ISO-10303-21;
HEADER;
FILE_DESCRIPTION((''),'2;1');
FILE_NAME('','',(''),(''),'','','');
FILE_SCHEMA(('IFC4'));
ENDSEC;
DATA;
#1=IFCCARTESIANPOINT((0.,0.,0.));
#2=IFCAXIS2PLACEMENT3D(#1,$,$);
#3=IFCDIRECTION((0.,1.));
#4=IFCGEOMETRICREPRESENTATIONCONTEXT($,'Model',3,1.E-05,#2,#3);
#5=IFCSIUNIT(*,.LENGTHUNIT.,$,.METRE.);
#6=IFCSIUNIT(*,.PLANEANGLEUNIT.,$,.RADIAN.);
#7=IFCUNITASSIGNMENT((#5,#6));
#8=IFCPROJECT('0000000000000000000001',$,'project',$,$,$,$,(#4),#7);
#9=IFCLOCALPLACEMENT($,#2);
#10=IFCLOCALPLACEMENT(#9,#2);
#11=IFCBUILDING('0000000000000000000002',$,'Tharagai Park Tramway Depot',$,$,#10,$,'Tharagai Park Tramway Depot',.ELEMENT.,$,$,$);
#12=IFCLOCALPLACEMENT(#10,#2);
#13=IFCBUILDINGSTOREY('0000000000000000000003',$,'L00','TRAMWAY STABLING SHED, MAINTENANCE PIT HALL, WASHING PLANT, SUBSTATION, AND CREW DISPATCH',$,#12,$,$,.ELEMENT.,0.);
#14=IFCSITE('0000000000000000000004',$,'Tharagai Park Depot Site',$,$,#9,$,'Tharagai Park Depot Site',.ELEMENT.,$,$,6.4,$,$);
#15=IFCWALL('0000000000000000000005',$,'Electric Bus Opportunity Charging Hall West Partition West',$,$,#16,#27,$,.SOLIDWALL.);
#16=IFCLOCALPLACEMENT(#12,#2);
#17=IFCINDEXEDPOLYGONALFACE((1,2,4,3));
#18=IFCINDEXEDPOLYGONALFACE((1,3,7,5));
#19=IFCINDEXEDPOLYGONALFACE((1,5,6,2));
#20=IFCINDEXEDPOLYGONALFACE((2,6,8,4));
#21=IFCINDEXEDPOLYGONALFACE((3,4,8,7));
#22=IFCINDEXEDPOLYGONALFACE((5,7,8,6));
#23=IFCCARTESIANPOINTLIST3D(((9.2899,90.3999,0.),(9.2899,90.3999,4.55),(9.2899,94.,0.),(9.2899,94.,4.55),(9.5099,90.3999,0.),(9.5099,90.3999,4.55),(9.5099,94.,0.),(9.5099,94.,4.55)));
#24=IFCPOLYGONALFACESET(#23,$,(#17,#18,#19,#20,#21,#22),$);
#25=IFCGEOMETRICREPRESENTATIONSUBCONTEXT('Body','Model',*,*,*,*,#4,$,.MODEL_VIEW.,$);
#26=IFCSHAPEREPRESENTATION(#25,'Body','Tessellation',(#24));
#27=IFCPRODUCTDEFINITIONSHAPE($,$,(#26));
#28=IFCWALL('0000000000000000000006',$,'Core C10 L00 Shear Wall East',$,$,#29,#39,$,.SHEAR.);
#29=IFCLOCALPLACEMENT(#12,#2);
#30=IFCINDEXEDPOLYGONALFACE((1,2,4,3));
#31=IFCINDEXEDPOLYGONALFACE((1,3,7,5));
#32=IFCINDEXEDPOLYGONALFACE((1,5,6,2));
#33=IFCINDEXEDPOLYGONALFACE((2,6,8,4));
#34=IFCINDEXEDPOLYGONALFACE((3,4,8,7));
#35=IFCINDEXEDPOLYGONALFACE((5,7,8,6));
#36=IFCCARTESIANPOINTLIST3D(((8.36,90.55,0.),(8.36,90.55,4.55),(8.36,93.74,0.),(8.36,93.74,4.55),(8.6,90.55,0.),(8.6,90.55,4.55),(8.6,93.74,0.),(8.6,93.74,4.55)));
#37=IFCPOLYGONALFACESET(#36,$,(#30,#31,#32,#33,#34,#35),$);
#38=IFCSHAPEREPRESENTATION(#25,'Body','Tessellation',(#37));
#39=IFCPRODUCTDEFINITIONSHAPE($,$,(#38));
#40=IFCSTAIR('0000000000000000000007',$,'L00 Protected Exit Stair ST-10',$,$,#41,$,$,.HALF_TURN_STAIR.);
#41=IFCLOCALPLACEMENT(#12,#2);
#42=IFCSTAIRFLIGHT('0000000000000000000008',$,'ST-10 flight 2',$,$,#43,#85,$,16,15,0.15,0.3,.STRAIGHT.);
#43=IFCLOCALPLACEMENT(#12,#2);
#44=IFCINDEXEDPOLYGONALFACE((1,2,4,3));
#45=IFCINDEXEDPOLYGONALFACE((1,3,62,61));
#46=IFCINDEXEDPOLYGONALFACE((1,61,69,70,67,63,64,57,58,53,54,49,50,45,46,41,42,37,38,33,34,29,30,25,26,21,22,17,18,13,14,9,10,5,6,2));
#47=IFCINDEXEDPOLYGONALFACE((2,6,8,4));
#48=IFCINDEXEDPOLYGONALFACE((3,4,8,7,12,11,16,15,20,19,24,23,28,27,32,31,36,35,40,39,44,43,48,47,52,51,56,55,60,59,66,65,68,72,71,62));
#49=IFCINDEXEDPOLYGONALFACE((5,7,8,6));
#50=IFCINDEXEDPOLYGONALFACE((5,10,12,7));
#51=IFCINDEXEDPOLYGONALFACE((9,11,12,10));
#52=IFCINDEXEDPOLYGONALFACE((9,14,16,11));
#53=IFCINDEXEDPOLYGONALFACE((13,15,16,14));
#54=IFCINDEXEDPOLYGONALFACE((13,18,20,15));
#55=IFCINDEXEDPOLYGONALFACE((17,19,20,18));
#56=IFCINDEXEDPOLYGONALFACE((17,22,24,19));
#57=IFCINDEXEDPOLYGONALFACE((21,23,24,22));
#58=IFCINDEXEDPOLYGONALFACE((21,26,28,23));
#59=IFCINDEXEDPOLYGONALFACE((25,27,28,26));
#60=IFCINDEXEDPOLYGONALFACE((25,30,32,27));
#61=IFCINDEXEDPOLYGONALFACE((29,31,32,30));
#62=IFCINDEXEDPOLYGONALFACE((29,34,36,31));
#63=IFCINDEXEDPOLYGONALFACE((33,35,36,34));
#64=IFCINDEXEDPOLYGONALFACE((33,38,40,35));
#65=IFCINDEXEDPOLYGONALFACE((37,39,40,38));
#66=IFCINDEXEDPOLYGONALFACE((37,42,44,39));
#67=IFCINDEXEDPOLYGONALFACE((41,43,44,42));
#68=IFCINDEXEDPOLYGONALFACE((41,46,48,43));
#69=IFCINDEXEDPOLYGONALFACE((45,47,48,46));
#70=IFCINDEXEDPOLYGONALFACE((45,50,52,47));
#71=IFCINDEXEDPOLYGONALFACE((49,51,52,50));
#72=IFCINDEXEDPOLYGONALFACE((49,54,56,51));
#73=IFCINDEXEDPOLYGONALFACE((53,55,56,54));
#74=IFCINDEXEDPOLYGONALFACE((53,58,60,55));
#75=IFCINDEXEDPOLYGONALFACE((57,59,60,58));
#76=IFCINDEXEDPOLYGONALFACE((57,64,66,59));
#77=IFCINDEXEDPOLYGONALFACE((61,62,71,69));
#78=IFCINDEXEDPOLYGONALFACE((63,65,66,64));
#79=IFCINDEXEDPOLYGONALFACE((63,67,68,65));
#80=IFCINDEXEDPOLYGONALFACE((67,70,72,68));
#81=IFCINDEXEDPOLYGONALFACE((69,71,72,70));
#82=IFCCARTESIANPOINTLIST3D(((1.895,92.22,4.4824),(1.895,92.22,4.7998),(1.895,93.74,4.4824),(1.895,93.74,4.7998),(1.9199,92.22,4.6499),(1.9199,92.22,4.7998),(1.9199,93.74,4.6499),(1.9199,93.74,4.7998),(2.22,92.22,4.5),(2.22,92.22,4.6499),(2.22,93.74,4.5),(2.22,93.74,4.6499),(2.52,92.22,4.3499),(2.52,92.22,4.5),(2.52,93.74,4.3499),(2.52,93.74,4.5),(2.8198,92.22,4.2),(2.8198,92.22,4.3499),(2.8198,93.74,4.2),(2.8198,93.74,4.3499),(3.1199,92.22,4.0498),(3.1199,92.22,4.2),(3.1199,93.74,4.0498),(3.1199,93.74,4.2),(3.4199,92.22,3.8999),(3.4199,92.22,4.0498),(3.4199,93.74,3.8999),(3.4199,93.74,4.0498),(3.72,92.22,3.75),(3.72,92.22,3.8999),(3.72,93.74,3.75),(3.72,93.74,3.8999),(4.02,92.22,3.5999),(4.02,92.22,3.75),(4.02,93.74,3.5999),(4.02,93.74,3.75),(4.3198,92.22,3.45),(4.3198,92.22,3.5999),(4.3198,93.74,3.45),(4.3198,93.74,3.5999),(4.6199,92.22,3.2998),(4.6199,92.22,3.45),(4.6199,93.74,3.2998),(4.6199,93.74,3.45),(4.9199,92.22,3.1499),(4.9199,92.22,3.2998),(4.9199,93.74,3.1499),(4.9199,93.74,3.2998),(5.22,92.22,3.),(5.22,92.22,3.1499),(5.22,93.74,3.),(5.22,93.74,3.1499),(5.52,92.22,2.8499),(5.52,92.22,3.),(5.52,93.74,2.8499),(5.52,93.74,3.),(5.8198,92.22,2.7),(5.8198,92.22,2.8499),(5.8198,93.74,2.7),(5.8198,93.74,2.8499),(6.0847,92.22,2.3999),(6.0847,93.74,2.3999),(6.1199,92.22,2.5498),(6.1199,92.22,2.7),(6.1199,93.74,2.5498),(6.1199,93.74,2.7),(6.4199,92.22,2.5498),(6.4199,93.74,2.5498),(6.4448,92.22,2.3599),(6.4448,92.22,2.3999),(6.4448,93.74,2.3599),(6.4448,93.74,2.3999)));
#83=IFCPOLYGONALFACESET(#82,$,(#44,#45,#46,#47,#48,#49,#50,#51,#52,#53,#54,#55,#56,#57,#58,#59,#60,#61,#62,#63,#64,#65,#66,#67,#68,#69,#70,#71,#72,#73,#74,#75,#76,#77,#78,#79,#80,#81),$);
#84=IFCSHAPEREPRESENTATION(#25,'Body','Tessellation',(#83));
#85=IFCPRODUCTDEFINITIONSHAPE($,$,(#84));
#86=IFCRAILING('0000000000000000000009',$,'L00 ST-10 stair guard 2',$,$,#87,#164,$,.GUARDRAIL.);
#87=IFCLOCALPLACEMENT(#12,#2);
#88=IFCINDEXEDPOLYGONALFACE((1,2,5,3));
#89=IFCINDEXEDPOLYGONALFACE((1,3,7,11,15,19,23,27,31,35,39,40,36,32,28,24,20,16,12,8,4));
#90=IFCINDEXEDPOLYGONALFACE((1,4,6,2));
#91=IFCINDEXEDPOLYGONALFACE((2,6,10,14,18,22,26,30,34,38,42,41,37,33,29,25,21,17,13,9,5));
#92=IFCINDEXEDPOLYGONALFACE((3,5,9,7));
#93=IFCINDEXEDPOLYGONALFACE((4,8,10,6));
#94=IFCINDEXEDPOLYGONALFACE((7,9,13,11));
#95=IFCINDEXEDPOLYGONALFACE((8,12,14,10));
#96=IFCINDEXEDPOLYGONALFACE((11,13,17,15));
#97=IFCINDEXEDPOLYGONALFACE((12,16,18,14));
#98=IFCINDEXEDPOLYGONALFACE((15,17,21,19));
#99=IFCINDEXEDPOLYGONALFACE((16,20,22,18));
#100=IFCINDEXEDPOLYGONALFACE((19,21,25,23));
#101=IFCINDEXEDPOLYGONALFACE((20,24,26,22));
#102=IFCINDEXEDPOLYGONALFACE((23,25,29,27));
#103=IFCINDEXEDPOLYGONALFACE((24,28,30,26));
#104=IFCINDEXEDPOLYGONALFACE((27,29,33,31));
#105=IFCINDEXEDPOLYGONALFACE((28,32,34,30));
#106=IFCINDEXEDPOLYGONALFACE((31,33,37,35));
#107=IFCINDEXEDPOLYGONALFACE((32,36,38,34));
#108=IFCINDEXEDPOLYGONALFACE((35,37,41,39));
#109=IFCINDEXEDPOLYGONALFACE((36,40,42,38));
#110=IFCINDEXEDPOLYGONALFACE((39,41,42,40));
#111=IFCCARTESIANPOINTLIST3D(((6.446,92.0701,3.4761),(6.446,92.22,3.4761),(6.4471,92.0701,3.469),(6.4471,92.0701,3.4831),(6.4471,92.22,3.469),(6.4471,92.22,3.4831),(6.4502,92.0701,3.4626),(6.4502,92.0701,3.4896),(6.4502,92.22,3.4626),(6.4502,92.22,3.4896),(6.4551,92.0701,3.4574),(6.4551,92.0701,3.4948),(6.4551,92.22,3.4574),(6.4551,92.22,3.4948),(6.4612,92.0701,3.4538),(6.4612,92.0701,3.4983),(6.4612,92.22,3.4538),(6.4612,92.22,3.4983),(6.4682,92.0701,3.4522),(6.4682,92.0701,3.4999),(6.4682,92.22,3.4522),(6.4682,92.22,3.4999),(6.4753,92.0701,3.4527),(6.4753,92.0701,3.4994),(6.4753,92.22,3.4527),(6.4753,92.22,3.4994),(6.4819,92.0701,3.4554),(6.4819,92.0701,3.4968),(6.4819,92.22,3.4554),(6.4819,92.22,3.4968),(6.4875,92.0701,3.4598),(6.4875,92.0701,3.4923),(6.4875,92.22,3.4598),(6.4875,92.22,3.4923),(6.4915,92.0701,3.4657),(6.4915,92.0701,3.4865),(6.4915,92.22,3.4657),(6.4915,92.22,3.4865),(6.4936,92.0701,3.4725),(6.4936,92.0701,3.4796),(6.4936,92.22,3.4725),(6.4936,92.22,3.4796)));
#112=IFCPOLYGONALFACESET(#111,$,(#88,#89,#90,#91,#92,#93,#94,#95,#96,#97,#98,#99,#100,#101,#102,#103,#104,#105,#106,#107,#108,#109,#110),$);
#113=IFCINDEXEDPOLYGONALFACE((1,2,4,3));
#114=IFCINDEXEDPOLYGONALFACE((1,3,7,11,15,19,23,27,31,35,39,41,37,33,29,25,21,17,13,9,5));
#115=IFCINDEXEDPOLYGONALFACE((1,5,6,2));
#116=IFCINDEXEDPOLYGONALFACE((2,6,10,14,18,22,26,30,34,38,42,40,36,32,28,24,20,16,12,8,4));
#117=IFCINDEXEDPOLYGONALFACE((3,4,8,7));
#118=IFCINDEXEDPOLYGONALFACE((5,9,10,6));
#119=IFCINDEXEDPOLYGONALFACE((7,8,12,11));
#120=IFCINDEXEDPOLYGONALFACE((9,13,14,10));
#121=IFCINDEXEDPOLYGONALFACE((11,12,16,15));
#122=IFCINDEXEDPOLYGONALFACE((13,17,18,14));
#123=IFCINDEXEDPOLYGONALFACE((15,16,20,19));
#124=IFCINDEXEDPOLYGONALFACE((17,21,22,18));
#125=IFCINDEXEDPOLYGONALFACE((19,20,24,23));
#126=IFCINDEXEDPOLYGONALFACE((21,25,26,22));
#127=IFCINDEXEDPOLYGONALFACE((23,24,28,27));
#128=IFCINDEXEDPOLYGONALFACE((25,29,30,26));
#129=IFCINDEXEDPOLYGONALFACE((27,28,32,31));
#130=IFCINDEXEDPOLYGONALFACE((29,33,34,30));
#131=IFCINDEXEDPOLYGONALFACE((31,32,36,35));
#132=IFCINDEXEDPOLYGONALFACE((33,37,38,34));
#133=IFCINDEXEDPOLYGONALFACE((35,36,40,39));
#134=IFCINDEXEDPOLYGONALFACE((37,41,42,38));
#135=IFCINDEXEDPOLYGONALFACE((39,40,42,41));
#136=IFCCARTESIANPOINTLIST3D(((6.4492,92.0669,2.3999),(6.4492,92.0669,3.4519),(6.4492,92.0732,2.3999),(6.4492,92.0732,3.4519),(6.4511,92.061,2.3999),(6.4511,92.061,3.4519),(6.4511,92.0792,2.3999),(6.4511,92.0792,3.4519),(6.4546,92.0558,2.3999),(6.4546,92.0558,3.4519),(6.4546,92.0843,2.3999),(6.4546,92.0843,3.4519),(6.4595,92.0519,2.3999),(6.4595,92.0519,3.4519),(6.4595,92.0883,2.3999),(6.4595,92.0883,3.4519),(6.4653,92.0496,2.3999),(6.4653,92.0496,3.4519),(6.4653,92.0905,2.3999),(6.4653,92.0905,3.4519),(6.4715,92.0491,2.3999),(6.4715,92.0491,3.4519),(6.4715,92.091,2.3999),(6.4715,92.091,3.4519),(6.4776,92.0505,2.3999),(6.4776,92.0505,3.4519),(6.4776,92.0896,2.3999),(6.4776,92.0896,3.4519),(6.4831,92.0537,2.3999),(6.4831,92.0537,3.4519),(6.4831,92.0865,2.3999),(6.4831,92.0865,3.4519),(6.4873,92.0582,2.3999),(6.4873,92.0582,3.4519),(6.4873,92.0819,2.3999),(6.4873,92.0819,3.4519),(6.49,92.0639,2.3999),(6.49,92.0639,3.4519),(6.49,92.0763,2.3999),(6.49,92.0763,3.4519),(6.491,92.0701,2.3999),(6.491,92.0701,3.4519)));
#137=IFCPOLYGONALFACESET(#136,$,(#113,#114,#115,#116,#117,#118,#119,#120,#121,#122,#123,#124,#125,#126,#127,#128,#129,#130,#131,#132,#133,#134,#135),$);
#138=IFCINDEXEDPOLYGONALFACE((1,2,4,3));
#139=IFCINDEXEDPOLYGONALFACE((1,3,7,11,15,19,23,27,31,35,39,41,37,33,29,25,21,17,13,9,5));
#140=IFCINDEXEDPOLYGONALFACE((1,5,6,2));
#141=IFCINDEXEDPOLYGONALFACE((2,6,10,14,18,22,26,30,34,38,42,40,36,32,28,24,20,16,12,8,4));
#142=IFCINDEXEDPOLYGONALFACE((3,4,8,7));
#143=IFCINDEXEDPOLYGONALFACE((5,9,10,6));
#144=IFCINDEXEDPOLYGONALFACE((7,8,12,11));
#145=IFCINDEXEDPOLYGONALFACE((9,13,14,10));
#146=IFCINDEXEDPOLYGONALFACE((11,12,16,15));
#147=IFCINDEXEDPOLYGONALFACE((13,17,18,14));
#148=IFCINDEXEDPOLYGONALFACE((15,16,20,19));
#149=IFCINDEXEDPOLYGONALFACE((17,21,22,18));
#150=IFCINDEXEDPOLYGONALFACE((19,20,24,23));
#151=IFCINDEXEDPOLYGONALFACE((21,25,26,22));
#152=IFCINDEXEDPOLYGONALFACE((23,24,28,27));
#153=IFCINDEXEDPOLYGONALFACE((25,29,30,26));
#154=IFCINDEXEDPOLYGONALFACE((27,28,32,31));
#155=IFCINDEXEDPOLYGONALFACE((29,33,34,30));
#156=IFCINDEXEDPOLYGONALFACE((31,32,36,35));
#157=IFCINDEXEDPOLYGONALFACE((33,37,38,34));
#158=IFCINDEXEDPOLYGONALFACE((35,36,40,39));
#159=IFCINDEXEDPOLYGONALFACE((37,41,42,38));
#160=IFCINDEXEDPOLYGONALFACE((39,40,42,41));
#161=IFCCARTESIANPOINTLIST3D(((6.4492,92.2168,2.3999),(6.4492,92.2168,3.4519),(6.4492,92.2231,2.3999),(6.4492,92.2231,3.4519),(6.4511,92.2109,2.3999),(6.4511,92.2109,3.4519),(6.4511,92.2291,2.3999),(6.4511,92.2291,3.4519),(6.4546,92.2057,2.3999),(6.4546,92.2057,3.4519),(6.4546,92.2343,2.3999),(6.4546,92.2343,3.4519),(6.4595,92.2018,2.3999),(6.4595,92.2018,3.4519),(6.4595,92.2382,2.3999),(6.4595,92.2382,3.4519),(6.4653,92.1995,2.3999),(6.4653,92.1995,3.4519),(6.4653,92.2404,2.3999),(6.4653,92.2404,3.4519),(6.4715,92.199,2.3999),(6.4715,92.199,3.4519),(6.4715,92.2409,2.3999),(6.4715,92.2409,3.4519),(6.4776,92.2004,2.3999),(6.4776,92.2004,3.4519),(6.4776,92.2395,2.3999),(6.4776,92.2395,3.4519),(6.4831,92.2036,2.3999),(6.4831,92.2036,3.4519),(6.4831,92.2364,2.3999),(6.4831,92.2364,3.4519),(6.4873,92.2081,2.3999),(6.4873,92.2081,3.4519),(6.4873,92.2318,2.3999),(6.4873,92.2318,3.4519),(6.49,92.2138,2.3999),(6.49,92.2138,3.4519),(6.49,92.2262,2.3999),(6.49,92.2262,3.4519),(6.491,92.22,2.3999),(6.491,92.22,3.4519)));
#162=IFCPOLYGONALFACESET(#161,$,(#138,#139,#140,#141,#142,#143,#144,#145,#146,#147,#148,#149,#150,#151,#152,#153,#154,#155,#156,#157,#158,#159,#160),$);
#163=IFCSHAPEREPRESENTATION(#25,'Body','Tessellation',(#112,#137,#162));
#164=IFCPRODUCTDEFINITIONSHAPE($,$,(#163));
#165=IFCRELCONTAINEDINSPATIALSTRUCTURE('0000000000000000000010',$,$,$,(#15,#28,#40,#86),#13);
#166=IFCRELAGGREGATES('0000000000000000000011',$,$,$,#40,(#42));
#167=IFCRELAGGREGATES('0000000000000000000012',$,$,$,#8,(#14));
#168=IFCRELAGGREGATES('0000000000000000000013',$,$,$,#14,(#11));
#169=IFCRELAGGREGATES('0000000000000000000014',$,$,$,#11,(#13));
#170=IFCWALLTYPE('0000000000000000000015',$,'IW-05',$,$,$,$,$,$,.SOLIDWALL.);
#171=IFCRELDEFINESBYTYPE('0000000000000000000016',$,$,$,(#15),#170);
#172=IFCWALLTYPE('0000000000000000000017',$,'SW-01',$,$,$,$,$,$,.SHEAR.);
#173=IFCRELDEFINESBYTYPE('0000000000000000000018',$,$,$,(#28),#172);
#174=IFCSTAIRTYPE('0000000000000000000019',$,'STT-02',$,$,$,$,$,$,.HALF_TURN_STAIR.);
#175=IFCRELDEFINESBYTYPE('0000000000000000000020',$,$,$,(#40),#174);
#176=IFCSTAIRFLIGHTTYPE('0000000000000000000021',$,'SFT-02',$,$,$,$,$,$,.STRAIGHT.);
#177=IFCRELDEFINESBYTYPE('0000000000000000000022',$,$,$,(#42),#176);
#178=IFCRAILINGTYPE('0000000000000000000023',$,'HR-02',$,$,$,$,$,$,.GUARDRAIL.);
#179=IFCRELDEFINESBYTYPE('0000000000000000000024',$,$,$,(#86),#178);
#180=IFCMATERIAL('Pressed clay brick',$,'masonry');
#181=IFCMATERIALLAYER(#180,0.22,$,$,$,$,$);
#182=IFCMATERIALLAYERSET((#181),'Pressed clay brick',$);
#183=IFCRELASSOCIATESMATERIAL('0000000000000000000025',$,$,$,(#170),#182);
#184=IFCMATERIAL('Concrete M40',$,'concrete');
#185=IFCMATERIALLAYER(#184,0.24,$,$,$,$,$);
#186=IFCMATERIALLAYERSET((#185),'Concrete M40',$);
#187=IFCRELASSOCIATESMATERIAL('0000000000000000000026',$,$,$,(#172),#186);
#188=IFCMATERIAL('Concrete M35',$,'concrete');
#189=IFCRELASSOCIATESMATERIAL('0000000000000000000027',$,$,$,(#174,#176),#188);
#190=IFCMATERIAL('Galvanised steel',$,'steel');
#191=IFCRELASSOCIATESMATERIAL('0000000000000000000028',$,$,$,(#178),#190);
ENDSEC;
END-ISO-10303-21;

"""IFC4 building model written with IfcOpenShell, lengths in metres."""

from ifc_helpers import new_model, si_unit, direction, frame, frame_2d, origin, origin_2d, place, context, subcontext, project, spatial, polyline, rectangle, circle, outline, extrude, material, layer, layer_set, type_object, element, aggregate, save


model = new_model("IFC4")

# Units and contexts
model_context = context("Model", 3, precision=1e-05, world=origin(), true_north=direction((0.0, 1.0)))
body_context = subcontext(model_context, "Body", "Model", "MODEL_VIEW")
ifc_project = project(units=[si_unit("LENGTHUNIT", "METRE"), si_unit("PLANEANGLEUNIT", "RADIAN")], contexts=[model_context])

# Site, building, storey
site_placement = place(None, origin())
site = spatial("IfcSite", under=ifc_project, at=site_placement, Name="Tharagai Park Depot Site", LongName="Tharagai Park Depot Site", CompositionType="ELEMENT", RefElevation=6.4)
building_placement = place(site_placement, origin())
building = spatial("IfcBuilding", under=site, at=building_placement, Name="Tharagai Park Tramway Depot", LongName="Tharagai Park Tramway Depot", CompositionType="ELEMENT")
storey_placement = place(building_placement, origin())
storey = spatial("IfcBuildingStorey", under=building, at=storey_placement, Name="L00", Description="TRAMWAY STABLING SHED, MAINTENANCE PIT HALL, WASHING PLANT, SUBSTATION, AND CREW DISPATCH", CompositionType="ELEMENT", Elevation=0.0)

# Shared definitions
ifc_material_1 = material(Name="Concrete M40", Category="concrete")

# Shared definitions
ifc_material_2 = material(Name="Pressed clay brick", Category="masonry")
ifc_layer_1 = layer(ifc_material_2, 0.22)
ifc_layer_set_1 = layer_set([ifc_layer_1], Name="Pressed clay brick")
wall_type_1 = type_object("IfcWallType", Name="IW-05", PredefinedType="SOLIDWALL", material=ifc_layer_set_1)

# Shared definitions
ifc_material_3 = material(Name="Galvanised steel", Category="steel")

# Walls
wall_1_placement = place(storey_placement, frame((9.3999, 90.3999, 0.0), z_axis=(0.0, 0.0, 1.0), x_axis=(0.0, 1.0, 0.0)))
element("IfcWall", 1, at=wall_1_placement, inside=storey, type_object=wall_type_1, Name="Electric Bus Opportunity Charging Hall West Partition West", PredefinedType="SOLIDWALL", context=body_context, shape_type="SweptSolid", body=[
    extrude(rectangle(XDim=3.6001, YDim=0.22, at=frame_2d((1.8, 0.0))), origin(), (0.0, 0.0, 1.0), 4.55),
])
ifc_layer_2 = layer(ifc_material_1, 0.24)
ifc_layer_set_2 = layer_set([ifc_layer_2], Name="Concrete M40")
wall_type_2 = type_object("IfcWallType", Name="SW-01", PredefinedType="SHEAR", material=ifc_layer_set_2)
wall_2_placement = place(storey_placement, frame((8.48, 90.55, 0.0), z_axis=(0.0, 0.0, 1.0), x_axis=(0.0, 1.0, 0.0)))
element("IfcWall", 2, at=wall_2_placement, inside=storey, type_object=wall_type_2, Name="Core C10 L00 Shear Wall East", PredefinedType="SHEAR", context=body_context, shape_type="SweptSolid", body=[
    extrude(rectangle(XDim=3.1899, YDim=0.24, at=frame_2d((1.595, 0.0))), origin(), (0.0, 0.0, 1.0), 4.55),
])

# Stair, stair flight
ifc_material_4 = material(Name="Concrete M35", Category="concrete")
stair_type = type_object("IfcStairType", Name="STT-02", PredefinedType="HALF_TURN_STAIR", material=ifc_material_4)
stair_placement = place(storey_placement, origin())
stair = element("IfcStair", 3, at=stair_placement, inside=storey, type_object=stair_type, Name="L00 Protected Exit Stair ST-10", PredefinedType="HALF_TURN_STAIR")
stair_flight_type = type_object("IfcStairFlightType", Name="SFT-02", PredefinedType="STRAIGHT", material=ifc_material_4)
stair_flight_placement = place(storey_placement, frame((6.4199, 92.98, 2.3999), z_axis=(0.0, 0.0, 1.0), x_axis=(-1.0, 0.0, 0.0)))
stair_flight = element("IfcStairFlight", 4, at=stair_flight_placement, type_object=stair_flight_type, Name="ST-10 flight 2", NumberOfRisers=16, NumberOfTreads=15, PredefinedType="STRAIGHT", RiserHeight=0.15, TreadLength=0.3, context=body_context, shape_type="SweptSolid", body=[
    extrude(outline(polyline([(-0.0249, 0.0), (0.0, 0.1499), (0.3, 0.1499), (0.3, 0.3), (0.6001, 0.3), (0.6001, 0.45), (0.8999, 0.45), (0.8999, 0.6001), (1.2, 0.6001), (1.2, 0.75), (1.5, 0.75), (1.5, 0.8999), (1.8, 0.8999), (1.8, 1.05), (2.1001, 1.05), (2.1001, 1.2), (2.3999, 1.2), (2.3999, 1.3501), (2.7, 1.3501), (2.7, 1.5), (3.0, 1.5), (3.0, 1.6499), (3.3, 1.6499), (3.3, 1.8), (3.6001, 1.8), (3.6001, 1.95), (3.8999, 1.95), (3.8999, 2.1001), (4.2, 2.1001), (4.2, 2.25), (4.5, 2.25), (4.5, 2.3999), (4.5249, 2.3999), (4.5249, 2.0825), (0.3352, 0.0), (-0.0249, -0.04), (-0.0249, 0.0)])), frame((0.0, 0.76, 0.0), z_axis=(0.0, -1.0, 0.0), x_axis=(1.0, 0.0, 0.0)), (0.0, 0.0, 1.0), 1.52),
])
aggregate(stair, [stair_flight])

# Railing
railing_type_1 = type_object("IfcRailingType", Name="HR-02", PredefinedType="GUARDRAIL", material=ifc_material_3)
railing_1_placement = place(storey_placement, frame((6.47, 92.0701, 2.3999)))
element("IfcRailing", 5, at=railing_1_placement, inside=storey, type_object=railing_type_1, Name="L00 ST-10 stair guard 2", PredefinedType="GUARDRAIL", context=body_context, shape_type="SweptSolid", body=[
    extrude(circle(Radius=0.0239, at=origin_2d()), frame((0.0, 0.0, 1.0762), z_axis=(0.0, 1.0, 0.0), x_axis=(-1.0, 0.0, 0.0)), (0.0, 0.0, 1.0), 0.1499),
    extrude(circle(Radius=0.021, at=origin_2d()), origin(), (0.0, 0.0, 1.0), 1.052),
    extrude(circle(Radius=0.021, at=origin_2d()), frame((0.0, 0.1499, 0.0)), (0.0, 0.0, 1.0), 1.052),
])

save(model, "model.ifc")
